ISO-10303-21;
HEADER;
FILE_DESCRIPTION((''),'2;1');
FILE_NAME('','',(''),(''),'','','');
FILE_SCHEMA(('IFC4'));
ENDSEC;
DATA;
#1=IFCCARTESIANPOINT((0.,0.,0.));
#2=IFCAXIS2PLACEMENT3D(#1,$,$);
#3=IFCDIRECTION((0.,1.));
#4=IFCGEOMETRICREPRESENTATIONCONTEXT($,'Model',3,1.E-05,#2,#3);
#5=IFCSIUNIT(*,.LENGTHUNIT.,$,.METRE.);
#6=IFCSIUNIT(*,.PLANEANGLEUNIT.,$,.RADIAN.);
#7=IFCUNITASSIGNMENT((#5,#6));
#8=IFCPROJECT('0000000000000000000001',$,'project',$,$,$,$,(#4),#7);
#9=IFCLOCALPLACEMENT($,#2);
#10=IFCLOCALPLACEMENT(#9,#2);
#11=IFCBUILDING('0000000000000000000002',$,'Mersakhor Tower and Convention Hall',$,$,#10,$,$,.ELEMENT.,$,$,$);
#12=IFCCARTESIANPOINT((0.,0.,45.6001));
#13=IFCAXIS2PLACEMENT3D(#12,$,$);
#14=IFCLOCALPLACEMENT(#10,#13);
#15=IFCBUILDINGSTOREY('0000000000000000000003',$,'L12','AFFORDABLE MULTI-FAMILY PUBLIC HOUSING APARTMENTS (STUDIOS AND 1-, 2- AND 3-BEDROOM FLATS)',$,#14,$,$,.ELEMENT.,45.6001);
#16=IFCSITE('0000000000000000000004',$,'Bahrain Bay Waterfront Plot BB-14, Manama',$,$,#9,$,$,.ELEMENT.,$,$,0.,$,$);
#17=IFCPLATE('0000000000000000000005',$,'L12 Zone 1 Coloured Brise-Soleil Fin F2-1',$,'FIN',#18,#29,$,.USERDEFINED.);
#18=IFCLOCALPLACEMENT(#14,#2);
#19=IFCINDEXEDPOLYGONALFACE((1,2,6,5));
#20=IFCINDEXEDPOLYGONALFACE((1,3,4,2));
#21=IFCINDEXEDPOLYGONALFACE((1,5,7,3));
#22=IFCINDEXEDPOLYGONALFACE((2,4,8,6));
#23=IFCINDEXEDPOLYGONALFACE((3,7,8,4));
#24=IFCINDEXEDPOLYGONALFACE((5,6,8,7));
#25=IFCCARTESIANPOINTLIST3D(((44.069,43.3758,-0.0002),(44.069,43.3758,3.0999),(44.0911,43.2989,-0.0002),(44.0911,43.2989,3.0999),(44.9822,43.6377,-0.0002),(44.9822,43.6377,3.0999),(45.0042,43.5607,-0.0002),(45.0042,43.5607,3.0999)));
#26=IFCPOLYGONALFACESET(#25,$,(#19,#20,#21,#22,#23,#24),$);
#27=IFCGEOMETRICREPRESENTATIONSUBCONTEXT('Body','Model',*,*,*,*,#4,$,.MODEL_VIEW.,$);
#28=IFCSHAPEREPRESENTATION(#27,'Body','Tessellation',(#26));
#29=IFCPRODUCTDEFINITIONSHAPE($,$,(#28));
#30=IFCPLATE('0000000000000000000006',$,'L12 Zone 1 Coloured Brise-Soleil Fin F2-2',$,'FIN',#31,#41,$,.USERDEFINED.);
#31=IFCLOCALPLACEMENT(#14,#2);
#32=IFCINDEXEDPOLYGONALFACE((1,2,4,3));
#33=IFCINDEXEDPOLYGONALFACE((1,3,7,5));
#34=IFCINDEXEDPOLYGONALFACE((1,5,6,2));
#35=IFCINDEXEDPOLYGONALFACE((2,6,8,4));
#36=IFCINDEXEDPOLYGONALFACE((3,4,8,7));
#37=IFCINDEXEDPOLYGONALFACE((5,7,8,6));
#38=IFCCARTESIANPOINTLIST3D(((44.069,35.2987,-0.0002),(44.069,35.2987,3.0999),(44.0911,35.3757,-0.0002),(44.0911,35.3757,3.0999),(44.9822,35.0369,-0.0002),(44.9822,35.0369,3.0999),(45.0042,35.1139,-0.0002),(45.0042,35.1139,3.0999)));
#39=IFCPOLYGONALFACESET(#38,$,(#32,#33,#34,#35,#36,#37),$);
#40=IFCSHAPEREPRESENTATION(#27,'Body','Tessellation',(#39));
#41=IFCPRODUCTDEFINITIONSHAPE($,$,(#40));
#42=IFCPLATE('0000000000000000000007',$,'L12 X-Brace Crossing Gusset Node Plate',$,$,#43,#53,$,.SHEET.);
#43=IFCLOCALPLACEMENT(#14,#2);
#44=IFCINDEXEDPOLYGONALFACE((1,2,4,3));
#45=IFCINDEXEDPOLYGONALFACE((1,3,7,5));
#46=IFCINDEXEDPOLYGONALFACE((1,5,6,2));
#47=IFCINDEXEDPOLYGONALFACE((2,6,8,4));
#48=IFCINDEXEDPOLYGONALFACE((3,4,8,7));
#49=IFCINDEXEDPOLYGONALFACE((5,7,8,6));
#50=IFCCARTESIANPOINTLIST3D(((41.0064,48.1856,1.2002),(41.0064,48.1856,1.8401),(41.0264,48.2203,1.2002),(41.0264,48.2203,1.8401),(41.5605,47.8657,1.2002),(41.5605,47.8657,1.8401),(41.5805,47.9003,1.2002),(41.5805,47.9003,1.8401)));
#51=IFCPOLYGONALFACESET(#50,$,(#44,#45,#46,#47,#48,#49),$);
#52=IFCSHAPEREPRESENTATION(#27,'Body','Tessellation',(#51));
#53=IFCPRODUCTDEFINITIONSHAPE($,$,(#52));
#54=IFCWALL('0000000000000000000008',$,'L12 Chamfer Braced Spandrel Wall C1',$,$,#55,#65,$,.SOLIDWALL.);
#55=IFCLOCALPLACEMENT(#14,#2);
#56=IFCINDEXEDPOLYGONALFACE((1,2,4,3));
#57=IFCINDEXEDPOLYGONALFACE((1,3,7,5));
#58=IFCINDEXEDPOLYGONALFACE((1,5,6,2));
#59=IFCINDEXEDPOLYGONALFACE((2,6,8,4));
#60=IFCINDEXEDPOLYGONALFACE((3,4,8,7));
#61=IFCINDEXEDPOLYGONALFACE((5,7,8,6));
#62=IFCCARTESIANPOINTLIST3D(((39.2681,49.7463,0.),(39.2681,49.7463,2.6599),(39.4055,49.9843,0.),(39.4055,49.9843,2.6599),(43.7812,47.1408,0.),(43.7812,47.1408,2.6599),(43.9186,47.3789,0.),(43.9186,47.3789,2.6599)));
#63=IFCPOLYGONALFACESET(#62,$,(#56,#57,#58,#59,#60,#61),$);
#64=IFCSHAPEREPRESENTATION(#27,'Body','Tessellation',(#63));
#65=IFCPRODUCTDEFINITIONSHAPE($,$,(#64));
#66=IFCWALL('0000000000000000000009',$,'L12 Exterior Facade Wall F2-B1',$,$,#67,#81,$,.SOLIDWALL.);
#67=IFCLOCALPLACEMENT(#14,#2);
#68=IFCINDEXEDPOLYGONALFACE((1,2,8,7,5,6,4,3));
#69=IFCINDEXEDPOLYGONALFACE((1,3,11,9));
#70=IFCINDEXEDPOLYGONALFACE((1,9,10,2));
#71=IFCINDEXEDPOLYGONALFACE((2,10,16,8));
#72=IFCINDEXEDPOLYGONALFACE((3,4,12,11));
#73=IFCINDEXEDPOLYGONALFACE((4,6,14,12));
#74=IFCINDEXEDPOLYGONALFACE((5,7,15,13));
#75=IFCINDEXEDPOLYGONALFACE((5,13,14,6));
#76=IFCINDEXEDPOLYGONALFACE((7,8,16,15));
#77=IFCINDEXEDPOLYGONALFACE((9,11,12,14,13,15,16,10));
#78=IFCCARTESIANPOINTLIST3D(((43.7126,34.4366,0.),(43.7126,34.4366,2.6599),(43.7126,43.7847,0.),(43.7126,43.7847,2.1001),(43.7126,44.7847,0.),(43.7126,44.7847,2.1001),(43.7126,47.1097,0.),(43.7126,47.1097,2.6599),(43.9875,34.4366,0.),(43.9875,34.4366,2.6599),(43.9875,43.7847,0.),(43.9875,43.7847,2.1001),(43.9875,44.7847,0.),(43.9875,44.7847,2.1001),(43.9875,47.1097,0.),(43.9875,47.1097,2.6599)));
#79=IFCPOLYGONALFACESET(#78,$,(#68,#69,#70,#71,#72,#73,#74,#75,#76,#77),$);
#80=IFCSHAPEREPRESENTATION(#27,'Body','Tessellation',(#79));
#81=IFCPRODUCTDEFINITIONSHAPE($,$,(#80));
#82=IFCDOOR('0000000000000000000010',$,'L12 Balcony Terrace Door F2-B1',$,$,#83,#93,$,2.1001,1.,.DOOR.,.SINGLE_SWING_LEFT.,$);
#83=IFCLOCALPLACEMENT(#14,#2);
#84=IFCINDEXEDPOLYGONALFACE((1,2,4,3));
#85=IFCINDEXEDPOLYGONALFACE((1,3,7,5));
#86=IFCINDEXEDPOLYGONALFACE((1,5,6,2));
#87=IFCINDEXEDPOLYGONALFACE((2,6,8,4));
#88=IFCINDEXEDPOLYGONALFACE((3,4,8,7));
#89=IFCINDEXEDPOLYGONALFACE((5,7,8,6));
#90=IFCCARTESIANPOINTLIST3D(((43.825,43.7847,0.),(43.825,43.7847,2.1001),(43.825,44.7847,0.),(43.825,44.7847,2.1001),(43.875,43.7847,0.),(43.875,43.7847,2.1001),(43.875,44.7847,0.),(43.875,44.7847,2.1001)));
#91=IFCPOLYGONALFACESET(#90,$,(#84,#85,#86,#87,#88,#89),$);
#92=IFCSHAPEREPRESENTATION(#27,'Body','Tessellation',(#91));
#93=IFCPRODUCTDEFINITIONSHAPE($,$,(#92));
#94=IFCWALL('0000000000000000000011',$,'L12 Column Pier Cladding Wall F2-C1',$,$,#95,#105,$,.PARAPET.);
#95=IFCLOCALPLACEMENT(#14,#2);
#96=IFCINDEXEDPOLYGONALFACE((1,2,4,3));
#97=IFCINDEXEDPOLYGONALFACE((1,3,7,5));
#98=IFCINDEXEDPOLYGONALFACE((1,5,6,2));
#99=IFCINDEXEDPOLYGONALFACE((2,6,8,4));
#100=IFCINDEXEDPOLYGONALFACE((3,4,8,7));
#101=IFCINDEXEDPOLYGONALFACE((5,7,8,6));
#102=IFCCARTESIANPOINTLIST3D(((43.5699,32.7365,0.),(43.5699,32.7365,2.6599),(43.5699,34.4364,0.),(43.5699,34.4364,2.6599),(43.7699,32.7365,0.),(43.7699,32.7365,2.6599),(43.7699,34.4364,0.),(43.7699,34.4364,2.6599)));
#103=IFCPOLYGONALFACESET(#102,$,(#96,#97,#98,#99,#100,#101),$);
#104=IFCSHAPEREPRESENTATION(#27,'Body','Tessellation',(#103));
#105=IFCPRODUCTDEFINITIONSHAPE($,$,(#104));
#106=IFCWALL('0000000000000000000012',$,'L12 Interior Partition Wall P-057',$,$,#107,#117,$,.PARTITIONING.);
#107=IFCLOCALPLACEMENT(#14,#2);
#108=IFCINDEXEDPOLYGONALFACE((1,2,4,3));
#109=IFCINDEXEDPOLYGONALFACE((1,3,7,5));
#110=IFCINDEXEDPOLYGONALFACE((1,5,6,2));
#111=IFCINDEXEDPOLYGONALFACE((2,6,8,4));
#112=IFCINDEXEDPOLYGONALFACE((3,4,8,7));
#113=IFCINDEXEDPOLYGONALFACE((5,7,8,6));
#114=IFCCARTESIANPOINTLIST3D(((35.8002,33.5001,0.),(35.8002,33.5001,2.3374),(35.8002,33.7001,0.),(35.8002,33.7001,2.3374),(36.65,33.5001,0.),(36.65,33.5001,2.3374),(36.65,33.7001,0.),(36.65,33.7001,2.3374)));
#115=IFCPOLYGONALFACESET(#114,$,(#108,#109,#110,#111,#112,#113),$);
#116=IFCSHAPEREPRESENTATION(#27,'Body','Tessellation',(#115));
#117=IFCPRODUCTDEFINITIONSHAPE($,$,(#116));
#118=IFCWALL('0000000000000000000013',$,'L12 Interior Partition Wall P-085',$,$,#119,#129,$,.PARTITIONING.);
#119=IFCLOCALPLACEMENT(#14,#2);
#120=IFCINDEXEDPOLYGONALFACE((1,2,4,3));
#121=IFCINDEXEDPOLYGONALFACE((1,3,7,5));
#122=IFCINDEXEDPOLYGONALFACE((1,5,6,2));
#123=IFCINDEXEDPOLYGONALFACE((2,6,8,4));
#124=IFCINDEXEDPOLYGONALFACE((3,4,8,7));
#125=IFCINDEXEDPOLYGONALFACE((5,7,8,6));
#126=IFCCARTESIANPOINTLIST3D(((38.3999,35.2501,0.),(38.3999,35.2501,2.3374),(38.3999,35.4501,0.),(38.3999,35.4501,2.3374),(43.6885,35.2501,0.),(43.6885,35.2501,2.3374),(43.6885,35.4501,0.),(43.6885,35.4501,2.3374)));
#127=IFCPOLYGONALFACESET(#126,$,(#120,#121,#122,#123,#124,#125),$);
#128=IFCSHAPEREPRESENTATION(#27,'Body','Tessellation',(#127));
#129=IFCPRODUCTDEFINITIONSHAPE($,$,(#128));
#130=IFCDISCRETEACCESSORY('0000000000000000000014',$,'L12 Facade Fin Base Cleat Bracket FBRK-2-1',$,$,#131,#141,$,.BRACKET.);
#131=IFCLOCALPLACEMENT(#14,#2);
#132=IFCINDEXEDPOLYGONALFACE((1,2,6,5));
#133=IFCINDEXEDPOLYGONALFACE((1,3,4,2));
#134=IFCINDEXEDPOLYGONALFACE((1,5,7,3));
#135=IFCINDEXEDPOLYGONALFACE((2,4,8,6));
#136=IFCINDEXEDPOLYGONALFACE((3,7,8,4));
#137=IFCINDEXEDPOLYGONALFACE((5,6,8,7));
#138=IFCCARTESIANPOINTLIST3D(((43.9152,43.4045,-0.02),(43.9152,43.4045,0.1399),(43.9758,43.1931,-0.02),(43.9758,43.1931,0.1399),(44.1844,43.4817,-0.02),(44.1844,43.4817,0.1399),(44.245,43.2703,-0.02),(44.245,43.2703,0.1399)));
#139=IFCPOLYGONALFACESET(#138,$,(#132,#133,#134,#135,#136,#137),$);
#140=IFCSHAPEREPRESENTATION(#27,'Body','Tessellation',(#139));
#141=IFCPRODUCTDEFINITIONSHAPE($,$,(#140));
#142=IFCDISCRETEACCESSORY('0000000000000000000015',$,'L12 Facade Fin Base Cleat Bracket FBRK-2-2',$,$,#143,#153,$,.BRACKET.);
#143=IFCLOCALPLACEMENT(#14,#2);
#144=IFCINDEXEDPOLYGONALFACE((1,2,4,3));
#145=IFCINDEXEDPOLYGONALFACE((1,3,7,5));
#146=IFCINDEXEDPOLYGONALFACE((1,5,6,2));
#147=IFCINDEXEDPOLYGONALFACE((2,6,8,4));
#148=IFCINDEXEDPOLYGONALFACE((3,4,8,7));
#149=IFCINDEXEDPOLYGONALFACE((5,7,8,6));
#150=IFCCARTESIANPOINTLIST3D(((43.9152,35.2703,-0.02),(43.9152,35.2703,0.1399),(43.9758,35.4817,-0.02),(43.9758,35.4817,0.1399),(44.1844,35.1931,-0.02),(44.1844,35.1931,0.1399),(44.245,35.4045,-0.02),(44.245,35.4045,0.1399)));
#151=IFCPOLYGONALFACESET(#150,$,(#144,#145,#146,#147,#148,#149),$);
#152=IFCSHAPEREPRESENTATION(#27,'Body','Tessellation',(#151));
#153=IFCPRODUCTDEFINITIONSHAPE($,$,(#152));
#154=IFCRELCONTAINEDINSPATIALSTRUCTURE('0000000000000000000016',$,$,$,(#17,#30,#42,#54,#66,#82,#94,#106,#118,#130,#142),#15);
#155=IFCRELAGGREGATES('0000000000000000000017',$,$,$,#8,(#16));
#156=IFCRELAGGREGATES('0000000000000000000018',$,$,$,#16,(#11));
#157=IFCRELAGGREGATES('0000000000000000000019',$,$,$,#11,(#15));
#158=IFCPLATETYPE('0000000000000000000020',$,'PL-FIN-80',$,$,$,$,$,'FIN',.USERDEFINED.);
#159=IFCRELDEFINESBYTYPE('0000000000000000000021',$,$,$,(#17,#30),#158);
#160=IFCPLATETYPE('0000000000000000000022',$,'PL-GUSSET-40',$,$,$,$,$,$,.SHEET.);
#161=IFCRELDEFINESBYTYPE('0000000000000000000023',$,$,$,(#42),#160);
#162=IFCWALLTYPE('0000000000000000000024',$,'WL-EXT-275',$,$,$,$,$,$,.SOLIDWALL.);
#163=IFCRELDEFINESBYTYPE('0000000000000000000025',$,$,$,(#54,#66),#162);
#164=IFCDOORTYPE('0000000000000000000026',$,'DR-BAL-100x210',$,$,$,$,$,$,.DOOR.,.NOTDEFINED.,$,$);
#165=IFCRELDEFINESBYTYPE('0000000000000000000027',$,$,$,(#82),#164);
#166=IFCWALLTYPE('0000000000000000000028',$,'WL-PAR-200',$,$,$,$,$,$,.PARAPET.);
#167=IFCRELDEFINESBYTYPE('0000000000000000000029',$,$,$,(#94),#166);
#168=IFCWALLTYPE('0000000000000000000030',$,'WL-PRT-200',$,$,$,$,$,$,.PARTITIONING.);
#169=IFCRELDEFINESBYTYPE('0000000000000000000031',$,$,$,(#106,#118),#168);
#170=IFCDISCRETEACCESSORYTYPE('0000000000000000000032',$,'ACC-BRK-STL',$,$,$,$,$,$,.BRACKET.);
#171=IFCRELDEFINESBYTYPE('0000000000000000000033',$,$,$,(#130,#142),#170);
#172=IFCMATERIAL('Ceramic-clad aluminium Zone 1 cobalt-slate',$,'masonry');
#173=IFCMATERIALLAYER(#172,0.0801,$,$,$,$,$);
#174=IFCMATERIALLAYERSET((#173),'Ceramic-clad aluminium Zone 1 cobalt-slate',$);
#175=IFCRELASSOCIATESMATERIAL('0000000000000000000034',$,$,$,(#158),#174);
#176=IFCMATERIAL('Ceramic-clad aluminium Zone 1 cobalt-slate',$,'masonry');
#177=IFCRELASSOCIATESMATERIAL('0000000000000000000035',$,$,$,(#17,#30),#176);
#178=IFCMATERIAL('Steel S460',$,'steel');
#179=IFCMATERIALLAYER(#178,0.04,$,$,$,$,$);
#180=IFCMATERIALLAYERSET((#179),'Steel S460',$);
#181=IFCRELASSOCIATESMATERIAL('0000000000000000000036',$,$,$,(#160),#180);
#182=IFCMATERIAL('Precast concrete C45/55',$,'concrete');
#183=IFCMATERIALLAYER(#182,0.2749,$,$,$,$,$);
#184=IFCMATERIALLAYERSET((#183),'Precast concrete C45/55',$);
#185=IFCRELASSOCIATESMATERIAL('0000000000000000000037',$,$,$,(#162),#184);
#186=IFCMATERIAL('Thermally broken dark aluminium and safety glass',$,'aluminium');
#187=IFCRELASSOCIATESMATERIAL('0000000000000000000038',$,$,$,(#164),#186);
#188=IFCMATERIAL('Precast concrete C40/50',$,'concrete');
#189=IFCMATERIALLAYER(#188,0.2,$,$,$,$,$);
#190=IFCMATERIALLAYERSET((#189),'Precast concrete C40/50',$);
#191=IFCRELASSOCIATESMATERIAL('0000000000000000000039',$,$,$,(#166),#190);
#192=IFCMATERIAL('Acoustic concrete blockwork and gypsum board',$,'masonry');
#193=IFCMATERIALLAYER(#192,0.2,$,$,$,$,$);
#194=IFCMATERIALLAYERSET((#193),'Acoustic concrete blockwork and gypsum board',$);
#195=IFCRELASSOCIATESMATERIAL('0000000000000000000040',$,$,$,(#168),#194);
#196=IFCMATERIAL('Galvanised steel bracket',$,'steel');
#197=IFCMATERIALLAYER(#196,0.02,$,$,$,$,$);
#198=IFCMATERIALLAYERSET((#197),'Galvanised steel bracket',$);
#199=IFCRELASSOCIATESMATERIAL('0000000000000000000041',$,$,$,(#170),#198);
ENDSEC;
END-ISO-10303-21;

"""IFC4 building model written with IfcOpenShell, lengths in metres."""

from ifc_helpers import new_model, si_unit, direction, frame, frame_2d, origin, origin_2d, place, context, subcontext, project, spatial, rectangle, extrude, material, layer, layer_set, type_object, element, fill, save


model = new_model("IFC4")

# Units and contexts
model_context = context("Model", 3, precision=1e-05, world=origin(), true_north=direction((0.0, 1.0)))
body_context = subcontext(model_context, "Body", "Model", "MODEL_VIEW")
ifc_project = project(units=[si_unit("LENGTHUNIT", "METRE"), si_unit("PLANEANGLEUNIT", "RADIAN")], contexts=[model_context])

# Site, building, storey
site_placement = place(None, origin())
site = spatial("IfcSite", under=ifc_project, at=site_placement, Name="Bahrain Bay Waterfront Plot BB-14, Manama", CompositionType="ELEMENT", RefElevation=0.0)
building_placement = place(site_placement, origin())
building = spatial("IfcBuilding", under=site, at=building_placement, Name="Mersakhor Tower and Convention Hall", CompositionType="ELEMENT")
storey_placement = place(building_placement, frame((0.0, 0.0, 45.6001)))
storey = spatial("IfcBuildingStorey", under=building, at=storey_placement, Name="L12", Description="AFFORDABLE MULTI-FAMILY PUBLIC HOUSING APARTMENTS (STUDIOS AND 1-, 2- AND 3-BEDROOM FLATS)", CompositionType="ELEMENT", Elevation=45.6001)

# Plates
ifc_material_1 = material(Name="Ceramic-clad aluminium Zone 1 cobalt-slate", Category="masonry")
ifc_material_2 = material(Name="Ceramic-clad aluminium Zone 1 cobalt-slate", Category="masonry")
ifc_layer_1 = layer(ifc_material_2, 0.0801)
ifc_layer_set_1 = layer_set([ifc_layer_1], Name="Ceramic-clad aluminium Zone 1 cobalt-slate")
plate_type_1 = type_object("IfcPlateType", Name="PL-FIN-80", ElementType="FIN", PredefinedType="USERDEFINED", material=ifc_layer_set_1)
for number, where, z_axis, x_axis, name in (
    (1, (44.5366, 43.4683, -0.0002), (0.0, 0.0, 1.0), (0.961262, 0.275637, 0.0), "L12 Zone 1 Coloured Brise-Soleil Fin F2-1"),
    (2, (44.5366, 35.2063, -0.0002), (0.0, 0.0, 1.0), (0.961262, -0.275637, 0.0), "L12 Zone 1 Coloured Brise-Soleil Fin F2-2"),
):
    element("IfcPlate", number, at=place(storey_placement, frame(where, z_axis=z_axis, x_axis=x_axis)), inside=storey, type_object=plate_type_1, material=ifc_material_1, Name=name, ObjectType="FIN", PredefinedType="USERDEFINED", context=body_context, shape_type="SweptSolid", body=[
        extrude(rectangle(XDim=0.95, YDim=0.0801, at=origin_2d()), origin(), (0.0, 0.0, 1.0), 3.1001),
    ])
ifc_material_3 = material(Name="Steel S460", Category="steel")
ifc_layer_2 = layer(ifc_material_3, 0.04)
ifc_layer_set_2 = layer_set([ifc_layer_2], Name="Steel S460")
plate_type_2 = type_object("IfcPlateType", Name="PL-GUSSET-40", PredefinedType="SHEET", material=ifc_layer_set_2)
plate_placement = place(storey_placement, frame((41.2935, 48.043, 1.2002), z_axis=(0.0, 0.0, 1.0), x_axis=(-0.866025, 0.5, 0.0)))
element("IfcPlate", 3, at=plate_placement, inside=storey, type_object=plate_type_2, Name="L12 X-Brace Crossing Gusset Node Plate", PredefinedType="SHEET", context=body_context, shape_type="SweptSolid", body=[
    extrude(rectangle(XDim=0.6399, YDim=0.04, at=origin_2d()), origin(), (0.0, 0.0, 1.0), 0.6399),
])

# Wall
ifc_material_4 = material(Name="Precast concrete C45/55", Category="concrete")
ifc_layer_3 = layer(ifc_material_4, 0.2749)
ifc_layer_set_3 = layer_set([ifc_layer_3], Name="Precast concrete C45/55")
wall_type_1 = type_object("IfcWallType", Name="WL-EXT-275", PredefinedType="SOLIDWALL", material=ifc_layer_set_3)
wall_1_placement = place(storey_placement, frame((39.3369, 49.8652, 0.0), z_axis=(0.0, 0.0, 1.0), x_axis=(0.866044, -0.499968, 0.0)))
element("IfcWall", 4, at=wall_1_placement, inside=storey, type_object=wall_type_1, Name="L12 Chamfer Braced Spandrel Wall C1", PredefinedType="SOLIDWALL", context=body_context, shape_type="SweptSolid", body=[
    extrude(rectangle(XDim=5.2112, YDim=0.2749, at=frame_2d((2.6055, 0.0))), origin(), (0.0, 0.0, 1.0), 2.6599),
])

# Wall, opening, door
wall_2_placement = place(storey_placement, frame((43.8501, 47.1096, 0.0), z_axis=(0.0, 0.0, 1.0), x_axis=(0.0, -1.0, 0.0)))
wall_2 = element("IfcWall", 5, at=wall_2_placement, inside=storey, type_object=wall_type_1, Name="L12 Exterior Facade Wall F2-B1", PredefinedType="SOLIDWALL", context=body_context, shape_type="SweptSolid", body=[
    extrude(rectangle(XDim=12.6731, YDim=0.2749, at=frame_2d((6.3364, 0.0))), origin(), (0.0, 0.0, 1.0), 2.6599),
])
opening_1_placement = place(wall_2_placement, frame((2.325, 0.0, 0.0)))
opening_1 = element("IfcOpeningElement", 6, at=opening_1_placement, cuts=wall_2, PredefinedType="OPENING", context=body_context, shape_type="SweptSolid", body=[
    extrude(rectangle(XDim=1.0, YDim=2.1001, at=frame_2d((0.5, 1.05))), frame((0.0, 0.1475, 0.0), z_axis=(0.0, -1.0, 0.0), x_axis=(1.0, 0.0, 0.0)), (0.0, 0.0, 1.0), 0.2949),
])
ifc_material_5 = material(Name="Thermally broken dark aluminium and safety glass", Category="aluminium")
door_type_1 = type_object("IfcDoorType", Name="DR-BAL-100x210", OperationType="NOTDEFINED", PredefinedType="DOOR", material=ifc_material_5)
door_1_placement = place(opening_1_placement, origin())
door_1 = element("IfcDoor", 7, at=door_1_placement, inside=storey, type_object=door_type_1, Name="L12 Balcony Terrace Door F2-B1", OperationType="SINGLE_SWING_LEFT", OverallHeight=2.1001, OverallWidth=1.0, PredefinedType="DOOR", context=body_context, shape_type="SweptSolid", body=[
    extrude(rectangle(XDim=1.0, YDim=2.1001, at=frame_2d((0.5, 1.05))), frame((0.0, 0.0249, 0.0), z_axis=(0.0, -1.0, 0.0), x_axis=(1.0, 0.0, 0.0)), (0.0, 0.0, 1.0), 0.05),
])
fill(opening_1, door_1)

# Walls
ifc_material_6 = material(Name="Precast concrete C40/50", Category="concrete")
ifc_layer_4 = layer(ifc_material_6, 0.2)
ifc_layer_set_4 = layer_set([ifc_layer_4], Name="Precast concrete C40/50")
wall_type_2 = type_object("IfcWallType", Name="WL-PAR-200", PredefinedType="PARAPET", material=ifc_layer_set_4)
wall_3_placement = place(storey_placement, frame((43.6699, 34.4365, 0.0), z_axis=(0.0, 0.0, 1.0), x_axis=(0.0, -1.0, 0.0)))
element("IfcWall", 8, at=wall_3_placement, inside=storey, type_object=wall_type_2, Name="L12 Column Pier Cladding Wall F2-C1", PredefinedType="PARAPET", context=body_context, shape_type="SweptSolid", body=[
    extrude(rectangle(XDim=1.7, YDim=0.2, at=frame_2d((0.8501, 0.0))), origin(), (0.0, 0.0, 1.0), 2.6599),
])
ifc_material_7 = material(Name="Acoustic concrete blockwork and gypsum board", Category="masonry")
ifc_layer_5 = layer(ifc_material_7, 0.2)
ifc_layer_set_5 = layer_set([ifc_layer_5], Name="Acoustic concrete blockwork and gypsum board")
wall_type_3 = type_object("IfcWallType", Name="WL-PRT-200", PredefinedType="PARTITIONING", material=ifc_layer_set_5)
wall_4_placement = place(storey_placement, frame((36.6499, 33.6001, 0.0), z_axis=(0.0, 0.0, 1.0), x_axis=(-1.0, 0.0, 0.0)))
element("IfcWall", 9, at=wall_4_placement, inside=storey, type_object=wall_type_3, Name="L12 Interior Partition Wall P-057", PredefinedType="PARTITIONING", context=body_context, shape_type="SweptSolid", body=[
    extrude(rectangle(XDim=0.8499, YDim=0.2, at=frame_2d((0.4248, 0.0))), origin(), (0.0, 0.0, 1.0), 2.3374),
])

# Wall
wall_5_placement = place(storey_placement, frame((43.6885, 35.3501, 0.0), z_axis=(0.0, 0.0, 1.0), x_axis=(-1.0, 0.0, 0.0)))
element("IfcWall", 10, at=wall_5_placement, inside=storey, type_object=wall_type_3, Name="L12 Interior Partition Wall P-085", PredefinedType="PARTITIONING", context=body_context, shape_type="SweptSolid", body=[
    extrude(rectangle(XDim=5.2886, YDim=0.2, at=frame_2d((2.6443, 0.0))), origin(), (0.0, 0.0, 1.0), 2.3374),
])

# Discrete accessories
ifc_material_8 = material(Name="Galvanised steel bracket", Category="steel")
ifc_layer_6 = layer(ifc_material_8, 0.02)
ifc_layer_set_6 = layer_set([ifc_layer_6], Name="Galvanised steel bracket")
discrete_accessory_type = type_object("IfcDiscreteAccessoryType", Name="ACC-BRK-STL", PredefinedType="BRACKET", material=ifc_layer_set_6)
for number, where, z_axis, x_axis, name in (
    (11, (44.0801, 43.3374, -0.02), (0.0, 0.0, 1.0), (0.961262, 0.275637, 0.0), "L12 Facade Fin Base Cleat Bracket FBRK-2-1"),
    (12, (44.0801, 35.3374, -0.02), (0.0, 0.0, 1.0), (0.961262, -0.275637, 0.0), "L12 Facade Fin Base Cleat Bracket FBRK-2-2"),
):
    element("IfcDiscreteAccessory", number, at=place(storey_placement, frame(where, z_axis=z_axis, x_axis=x_axis)), inside=storey, type_object=discrete_accessory_type, Name=name, PredefinedType="BRACKET", context=body_context, shape_type="SweptSolid", body=[
        extrude(rectangle(XDim=0.28, YDim=0.22, at=origin_2d()), origin(), (0.0, 0.0, 1.0), 0.1599),
    ])

save(model, "model.ifc")
